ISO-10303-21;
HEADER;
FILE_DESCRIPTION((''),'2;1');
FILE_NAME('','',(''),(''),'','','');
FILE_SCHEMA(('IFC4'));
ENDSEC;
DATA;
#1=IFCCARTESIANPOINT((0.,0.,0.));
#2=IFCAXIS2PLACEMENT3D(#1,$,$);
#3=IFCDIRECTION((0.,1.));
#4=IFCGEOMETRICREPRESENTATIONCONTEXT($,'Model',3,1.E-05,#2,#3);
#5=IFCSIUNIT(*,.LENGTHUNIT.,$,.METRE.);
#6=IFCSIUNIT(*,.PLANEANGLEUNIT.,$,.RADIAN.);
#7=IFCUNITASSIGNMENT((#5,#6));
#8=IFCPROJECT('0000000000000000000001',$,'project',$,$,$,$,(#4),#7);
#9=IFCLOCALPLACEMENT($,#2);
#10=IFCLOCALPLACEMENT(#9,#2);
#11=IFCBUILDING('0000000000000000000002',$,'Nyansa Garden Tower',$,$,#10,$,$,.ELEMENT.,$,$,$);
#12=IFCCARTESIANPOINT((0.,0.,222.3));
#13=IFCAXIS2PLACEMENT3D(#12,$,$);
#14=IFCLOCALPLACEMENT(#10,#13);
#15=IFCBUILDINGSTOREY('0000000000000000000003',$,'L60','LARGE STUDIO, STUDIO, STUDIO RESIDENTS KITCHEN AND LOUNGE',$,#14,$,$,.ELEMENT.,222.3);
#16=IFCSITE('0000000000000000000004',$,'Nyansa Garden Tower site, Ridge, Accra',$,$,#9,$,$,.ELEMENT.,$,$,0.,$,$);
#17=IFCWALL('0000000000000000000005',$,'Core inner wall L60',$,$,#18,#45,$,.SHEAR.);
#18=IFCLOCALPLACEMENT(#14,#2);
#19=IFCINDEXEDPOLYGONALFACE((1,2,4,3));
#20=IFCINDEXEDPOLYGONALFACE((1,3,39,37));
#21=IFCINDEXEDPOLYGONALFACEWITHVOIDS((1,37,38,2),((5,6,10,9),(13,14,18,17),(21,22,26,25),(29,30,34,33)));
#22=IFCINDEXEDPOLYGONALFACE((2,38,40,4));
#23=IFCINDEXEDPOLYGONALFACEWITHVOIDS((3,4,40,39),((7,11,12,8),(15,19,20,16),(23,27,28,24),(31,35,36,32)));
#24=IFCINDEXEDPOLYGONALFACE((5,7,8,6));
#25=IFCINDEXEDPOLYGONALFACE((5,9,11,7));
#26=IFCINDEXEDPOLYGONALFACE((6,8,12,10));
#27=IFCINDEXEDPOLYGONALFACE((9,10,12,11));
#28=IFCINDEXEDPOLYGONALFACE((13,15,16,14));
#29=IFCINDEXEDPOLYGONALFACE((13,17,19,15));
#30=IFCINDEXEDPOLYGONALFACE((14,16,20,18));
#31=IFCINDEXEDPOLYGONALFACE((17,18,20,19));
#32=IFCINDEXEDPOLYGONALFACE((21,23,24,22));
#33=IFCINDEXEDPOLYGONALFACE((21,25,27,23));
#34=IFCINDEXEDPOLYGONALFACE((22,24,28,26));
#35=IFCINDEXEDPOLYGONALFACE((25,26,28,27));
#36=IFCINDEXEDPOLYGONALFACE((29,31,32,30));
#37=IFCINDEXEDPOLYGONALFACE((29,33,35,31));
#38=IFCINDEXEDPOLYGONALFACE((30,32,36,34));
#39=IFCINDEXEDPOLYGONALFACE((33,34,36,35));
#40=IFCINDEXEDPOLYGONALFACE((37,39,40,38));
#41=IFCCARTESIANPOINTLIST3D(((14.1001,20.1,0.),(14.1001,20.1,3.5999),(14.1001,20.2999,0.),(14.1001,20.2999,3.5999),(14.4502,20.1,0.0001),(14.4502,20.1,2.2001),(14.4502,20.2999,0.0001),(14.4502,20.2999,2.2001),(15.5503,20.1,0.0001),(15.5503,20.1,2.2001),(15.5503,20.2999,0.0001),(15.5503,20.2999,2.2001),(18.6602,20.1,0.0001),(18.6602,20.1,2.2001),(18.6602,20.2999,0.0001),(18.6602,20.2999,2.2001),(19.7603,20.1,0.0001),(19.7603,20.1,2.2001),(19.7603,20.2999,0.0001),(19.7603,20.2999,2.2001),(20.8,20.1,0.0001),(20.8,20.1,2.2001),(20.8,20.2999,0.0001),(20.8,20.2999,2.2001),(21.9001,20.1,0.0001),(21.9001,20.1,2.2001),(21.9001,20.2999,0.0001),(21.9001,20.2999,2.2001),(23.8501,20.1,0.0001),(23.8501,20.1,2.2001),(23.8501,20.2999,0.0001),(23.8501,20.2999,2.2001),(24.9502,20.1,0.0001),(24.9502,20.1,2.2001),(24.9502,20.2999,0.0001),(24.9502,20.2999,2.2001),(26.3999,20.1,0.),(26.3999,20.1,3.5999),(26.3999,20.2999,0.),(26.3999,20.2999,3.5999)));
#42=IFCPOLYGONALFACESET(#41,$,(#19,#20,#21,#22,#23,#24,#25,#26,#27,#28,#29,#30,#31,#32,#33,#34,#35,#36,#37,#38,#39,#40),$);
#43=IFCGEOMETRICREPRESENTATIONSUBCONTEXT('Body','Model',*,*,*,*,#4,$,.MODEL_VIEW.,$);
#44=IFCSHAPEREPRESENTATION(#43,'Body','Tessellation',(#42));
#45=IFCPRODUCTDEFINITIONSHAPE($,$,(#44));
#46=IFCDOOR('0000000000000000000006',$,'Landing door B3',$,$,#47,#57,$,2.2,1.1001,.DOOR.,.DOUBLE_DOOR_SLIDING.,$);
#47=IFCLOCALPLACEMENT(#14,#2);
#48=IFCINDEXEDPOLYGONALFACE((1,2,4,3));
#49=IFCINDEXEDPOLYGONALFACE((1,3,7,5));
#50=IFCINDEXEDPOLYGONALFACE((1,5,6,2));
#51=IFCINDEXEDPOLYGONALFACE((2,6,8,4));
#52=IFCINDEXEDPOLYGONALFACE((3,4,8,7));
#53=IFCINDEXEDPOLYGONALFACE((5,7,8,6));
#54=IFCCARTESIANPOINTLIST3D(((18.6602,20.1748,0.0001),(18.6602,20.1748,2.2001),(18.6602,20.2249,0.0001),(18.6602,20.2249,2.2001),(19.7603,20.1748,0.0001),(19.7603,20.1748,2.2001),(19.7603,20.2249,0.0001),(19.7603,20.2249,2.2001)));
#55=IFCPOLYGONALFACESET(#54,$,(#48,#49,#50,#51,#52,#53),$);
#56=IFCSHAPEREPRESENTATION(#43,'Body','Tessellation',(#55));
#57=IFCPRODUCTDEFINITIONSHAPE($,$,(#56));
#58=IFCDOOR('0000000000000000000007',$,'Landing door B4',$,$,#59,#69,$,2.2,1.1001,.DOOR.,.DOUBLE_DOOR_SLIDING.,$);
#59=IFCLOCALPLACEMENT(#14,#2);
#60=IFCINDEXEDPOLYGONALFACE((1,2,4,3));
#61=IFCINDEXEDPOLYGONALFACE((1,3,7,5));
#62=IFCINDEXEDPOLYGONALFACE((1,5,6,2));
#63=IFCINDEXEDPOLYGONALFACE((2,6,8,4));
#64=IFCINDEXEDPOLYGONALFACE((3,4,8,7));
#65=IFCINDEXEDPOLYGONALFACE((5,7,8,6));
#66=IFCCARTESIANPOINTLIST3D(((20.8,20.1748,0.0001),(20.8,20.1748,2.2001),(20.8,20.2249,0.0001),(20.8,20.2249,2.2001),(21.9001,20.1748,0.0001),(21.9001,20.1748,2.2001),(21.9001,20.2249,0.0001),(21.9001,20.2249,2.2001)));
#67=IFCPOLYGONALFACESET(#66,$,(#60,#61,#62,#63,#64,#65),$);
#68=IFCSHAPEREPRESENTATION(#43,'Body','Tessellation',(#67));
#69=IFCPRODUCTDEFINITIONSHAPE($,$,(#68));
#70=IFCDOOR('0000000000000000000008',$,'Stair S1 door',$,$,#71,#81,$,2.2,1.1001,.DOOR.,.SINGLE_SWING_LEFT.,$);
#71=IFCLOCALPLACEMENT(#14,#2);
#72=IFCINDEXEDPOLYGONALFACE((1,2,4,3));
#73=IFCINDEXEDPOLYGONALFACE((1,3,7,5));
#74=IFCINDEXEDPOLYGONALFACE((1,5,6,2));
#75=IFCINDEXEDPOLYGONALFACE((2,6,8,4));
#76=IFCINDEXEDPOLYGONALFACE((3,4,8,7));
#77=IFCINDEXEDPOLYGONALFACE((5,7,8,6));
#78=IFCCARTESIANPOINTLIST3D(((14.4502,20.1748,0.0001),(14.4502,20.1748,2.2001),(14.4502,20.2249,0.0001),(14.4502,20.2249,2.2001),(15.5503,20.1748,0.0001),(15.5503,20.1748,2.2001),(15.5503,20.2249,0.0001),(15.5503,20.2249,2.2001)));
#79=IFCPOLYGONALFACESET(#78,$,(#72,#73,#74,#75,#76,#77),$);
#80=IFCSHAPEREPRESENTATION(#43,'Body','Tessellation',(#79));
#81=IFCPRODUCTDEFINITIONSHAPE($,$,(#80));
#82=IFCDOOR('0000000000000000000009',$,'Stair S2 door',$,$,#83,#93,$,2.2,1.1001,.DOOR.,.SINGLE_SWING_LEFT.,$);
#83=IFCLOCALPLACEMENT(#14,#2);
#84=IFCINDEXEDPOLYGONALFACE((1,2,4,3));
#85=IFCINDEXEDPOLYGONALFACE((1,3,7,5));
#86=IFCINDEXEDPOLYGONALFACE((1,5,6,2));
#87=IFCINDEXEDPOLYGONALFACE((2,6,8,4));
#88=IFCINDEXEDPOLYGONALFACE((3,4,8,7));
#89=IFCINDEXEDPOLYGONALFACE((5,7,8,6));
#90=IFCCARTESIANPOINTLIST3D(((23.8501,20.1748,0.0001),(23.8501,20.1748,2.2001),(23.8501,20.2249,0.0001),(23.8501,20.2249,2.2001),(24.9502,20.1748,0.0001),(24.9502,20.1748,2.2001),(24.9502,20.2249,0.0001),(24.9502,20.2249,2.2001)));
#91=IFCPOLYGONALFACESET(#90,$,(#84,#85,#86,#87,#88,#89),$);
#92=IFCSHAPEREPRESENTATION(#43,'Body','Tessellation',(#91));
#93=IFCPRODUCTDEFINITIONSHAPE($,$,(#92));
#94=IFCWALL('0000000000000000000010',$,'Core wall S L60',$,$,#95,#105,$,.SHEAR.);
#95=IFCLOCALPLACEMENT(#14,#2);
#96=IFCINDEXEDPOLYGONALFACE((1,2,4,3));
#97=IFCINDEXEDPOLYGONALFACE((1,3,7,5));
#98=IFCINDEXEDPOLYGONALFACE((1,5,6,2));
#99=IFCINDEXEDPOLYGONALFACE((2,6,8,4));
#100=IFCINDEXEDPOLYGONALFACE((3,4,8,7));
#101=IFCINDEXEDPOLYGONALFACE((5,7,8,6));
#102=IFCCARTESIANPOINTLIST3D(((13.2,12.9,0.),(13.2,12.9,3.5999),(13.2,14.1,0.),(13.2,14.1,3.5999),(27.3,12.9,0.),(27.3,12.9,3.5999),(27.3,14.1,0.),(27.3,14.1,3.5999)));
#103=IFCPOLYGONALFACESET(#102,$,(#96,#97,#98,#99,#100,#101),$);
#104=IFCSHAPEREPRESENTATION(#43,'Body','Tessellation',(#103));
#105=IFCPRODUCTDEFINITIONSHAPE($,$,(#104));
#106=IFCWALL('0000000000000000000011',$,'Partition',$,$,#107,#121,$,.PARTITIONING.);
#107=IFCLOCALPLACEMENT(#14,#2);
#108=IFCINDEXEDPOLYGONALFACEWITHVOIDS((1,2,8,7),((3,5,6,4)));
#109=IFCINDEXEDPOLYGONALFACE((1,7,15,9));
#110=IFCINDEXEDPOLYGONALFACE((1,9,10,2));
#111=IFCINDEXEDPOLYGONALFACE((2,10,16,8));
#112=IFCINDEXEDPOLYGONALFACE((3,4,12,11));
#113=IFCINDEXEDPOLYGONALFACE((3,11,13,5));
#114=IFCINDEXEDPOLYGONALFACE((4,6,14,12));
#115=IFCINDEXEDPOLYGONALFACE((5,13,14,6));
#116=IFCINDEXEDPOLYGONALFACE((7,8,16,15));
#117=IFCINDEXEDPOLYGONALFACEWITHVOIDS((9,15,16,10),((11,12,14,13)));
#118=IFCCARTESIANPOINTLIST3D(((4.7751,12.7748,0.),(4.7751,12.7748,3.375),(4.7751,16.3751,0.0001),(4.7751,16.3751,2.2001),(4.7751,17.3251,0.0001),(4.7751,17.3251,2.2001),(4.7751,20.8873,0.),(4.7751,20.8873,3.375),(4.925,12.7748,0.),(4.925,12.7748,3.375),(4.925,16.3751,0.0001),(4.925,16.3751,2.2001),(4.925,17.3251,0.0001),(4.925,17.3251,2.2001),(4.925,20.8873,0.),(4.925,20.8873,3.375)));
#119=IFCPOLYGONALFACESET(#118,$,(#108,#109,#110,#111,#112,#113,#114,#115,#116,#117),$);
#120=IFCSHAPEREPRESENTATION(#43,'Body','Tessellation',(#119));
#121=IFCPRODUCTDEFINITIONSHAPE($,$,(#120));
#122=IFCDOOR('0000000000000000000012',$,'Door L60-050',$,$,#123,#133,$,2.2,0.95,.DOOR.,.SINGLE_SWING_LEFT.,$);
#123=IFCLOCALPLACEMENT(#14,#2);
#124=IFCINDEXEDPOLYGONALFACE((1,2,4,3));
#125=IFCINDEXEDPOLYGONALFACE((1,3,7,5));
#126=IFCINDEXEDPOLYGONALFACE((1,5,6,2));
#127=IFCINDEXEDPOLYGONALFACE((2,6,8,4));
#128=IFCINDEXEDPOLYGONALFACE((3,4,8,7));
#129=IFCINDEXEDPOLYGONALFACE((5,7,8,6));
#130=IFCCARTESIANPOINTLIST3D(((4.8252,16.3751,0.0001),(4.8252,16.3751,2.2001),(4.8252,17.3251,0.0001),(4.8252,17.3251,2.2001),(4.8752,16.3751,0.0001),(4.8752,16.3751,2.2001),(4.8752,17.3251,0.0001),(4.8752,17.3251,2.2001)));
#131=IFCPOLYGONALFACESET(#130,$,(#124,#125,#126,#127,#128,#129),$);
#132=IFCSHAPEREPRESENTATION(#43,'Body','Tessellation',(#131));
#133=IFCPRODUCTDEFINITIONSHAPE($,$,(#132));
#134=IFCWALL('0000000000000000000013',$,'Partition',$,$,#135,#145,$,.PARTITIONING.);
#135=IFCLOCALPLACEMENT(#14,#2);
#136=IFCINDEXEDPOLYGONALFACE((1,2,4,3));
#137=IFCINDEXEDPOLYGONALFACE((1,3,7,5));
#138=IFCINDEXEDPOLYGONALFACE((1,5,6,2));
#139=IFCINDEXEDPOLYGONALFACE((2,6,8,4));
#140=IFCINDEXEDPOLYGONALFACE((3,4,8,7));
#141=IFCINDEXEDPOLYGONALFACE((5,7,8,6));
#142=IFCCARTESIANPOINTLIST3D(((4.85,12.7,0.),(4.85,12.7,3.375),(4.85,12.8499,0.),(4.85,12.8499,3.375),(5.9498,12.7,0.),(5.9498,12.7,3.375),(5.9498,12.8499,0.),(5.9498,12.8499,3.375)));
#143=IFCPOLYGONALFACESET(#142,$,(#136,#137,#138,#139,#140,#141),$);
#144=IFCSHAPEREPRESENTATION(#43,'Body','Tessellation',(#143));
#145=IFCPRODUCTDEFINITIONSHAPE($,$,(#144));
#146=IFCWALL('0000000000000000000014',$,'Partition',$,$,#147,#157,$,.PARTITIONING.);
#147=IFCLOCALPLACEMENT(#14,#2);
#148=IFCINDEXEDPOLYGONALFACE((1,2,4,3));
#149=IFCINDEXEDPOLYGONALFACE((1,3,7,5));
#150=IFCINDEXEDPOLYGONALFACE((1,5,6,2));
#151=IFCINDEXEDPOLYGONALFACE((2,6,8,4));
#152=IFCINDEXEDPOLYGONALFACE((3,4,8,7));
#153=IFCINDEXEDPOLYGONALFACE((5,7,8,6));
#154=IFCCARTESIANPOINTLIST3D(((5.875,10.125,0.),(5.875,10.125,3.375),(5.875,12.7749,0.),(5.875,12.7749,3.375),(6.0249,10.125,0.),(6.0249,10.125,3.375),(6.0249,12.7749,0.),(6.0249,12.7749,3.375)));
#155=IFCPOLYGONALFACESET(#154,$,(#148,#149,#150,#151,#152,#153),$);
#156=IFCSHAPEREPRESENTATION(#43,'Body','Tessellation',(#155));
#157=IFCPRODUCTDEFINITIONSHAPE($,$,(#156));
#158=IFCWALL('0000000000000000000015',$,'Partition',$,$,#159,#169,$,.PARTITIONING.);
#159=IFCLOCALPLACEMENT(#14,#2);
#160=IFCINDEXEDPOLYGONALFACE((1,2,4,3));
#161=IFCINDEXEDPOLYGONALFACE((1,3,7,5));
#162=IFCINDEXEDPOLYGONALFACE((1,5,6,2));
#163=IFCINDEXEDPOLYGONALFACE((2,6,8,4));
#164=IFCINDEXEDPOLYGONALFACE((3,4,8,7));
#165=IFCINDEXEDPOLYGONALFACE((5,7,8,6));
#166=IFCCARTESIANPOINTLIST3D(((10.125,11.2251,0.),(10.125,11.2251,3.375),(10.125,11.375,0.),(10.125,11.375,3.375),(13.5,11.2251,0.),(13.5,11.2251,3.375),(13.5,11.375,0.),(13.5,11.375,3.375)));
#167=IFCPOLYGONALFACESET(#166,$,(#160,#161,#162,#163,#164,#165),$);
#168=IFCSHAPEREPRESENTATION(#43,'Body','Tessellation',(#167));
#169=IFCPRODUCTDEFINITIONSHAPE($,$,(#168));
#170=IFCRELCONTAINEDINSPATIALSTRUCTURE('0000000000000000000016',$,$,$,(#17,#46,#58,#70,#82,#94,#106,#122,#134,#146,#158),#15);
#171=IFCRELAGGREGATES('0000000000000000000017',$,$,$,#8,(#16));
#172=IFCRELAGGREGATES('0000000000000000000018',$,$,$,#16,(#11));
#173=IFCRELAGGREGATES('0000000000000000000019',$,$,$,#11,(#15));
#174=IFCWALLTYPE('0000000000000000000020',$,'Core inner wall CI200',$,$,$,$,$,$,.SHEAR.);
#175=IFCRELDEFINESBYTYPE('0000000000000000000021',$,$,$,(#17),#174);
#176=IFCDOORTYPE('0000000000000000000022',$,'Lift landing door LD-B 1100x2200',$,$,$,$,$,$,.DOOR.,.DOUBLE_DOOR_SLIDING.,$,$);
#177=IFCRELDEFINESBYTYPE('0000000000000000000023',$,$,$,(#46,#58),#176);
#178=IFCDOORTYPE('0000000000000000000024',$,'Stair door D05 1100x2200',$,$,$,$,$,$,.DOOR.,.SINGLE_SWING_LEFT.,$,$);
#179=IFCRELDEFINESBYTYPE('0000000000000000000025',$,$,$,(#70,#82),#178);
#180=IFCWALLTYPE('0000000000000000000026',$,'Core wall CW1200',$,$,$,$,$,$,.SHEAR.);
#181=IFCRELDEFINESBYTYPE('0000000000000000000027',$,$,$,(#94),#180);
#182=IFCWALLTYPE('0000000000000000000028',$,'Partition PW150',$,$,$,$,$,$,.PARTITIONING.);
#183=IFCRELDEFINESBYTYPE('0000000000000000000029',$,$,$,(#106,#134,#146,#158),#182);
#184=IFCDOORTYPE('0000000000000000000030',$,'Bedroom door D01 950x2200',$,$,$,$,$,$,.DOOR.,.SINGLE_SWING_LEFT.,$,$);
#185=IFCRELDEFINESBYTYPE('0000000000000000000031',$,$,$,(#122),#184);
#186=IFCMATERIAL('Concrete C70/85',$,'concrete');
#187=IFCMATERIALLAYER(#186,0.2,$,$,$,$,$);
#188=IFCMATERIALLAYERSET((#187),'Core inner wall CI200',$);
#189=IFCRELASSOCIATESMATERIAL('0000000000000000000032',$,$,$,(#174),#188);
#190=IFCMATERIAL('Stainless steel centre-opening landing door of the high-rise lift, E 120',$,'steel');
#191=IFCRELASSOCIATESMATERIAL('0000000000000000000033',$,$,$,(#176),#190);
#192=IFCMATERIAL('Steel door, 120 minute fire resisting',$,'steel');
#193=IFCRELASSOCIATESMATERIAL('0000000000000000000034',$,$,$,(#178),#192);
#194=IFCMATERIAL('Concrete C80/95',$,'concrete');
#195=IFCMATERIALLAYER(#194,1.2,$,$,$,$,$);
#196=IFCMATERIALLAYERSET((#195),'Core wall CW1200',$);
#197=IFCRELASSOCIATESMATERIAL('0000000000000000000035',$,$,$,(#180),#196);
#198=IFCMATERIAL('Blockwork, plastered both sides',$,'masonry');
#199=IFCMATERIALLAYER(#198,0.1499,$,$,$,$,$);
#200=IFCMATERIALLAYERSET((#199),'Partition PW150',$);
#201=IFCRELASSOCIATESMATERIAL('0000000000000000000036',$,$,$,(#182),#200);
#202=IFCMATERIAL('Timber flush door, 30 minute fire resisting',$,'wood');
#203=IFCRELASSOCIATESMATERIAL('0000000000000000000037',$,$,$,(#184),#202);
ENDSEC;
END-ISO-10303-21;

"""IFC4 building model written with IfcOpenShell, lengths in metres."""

from ifc_helpers import new_model, si_unit, direction, frame, frame_2d, origin, place, context, subcontext, project, spatial, rectangle, extrude, material, layer, layer_set, type_object, element, fill, save


model = new_model("IFC4")

# Units and contexts
model_context = context("Model", 3, precision=1e-05, world=origin(), true_north=direction((0.0, 1.0)))
body_context = subcontext(model_context, "Body", "Model", "MODEL_VIEW")
ifc_project = project(units=[si_unit("LENGTHUNIT", "METRE"), si_unit("PLANEANGLEUNIT", "RADIAN")], contexts=[model_context])

# Site, building, storey
site_placement = place(None, origin())
site = spatial("IfcSite", under=ifc_project, at=site_placement, Name="Nyansa Garden Tower site, Ridge, Accra", CompositionType="ELEMENT", RefElevation=0.0)
building_placement = place(site_placement, origin())
building = spatial("IfcBuilding", under=site, at=building_placement, Name="Nyansa Garden Tower", CompositionType="ELEMENT")
storey_placement = place(building_placement, frame((0.0, 0.0, 222.3)))
storey = spatial("IfcBuildingStorey", under=building, at=storey_placement, Name="L60", Description="LARGE STUDIO, STUDIO, STUDIO RESIDENTS KITCHEN AND LOUNGE", CompositionType="ELEMENT", Elevation=222.3)

# Wall, openings, doors
ifc_material_1 = material(Name="Concrete C70/85", Category="concrete")
ifc_layer_1 = layer(ifc_material_1, 0.2)
ifc_layer_set_1 = layer_set([ifc_layer_1], Name="Core inner wall CI200")
wall_type_1 = type_object("IfcWallType", Name="Core inner wall CI200", PredefinedType="SHEAR", material=ifc_layer_set_1)
ifc_material_2 = material(Name="Stainless steel centre-opening landing door of the high-rise lift, E 120", Category="steel")
door_type_1 = type_object("IfcDoorType", Name="Lift landing door LD-B 1100x2200", OperationType="DOUBLE_DOOR_SLIDING", PredefinedType="DOOR", material=ifc_material_2)
wall_1_placement = place(storey_placement, frame((14.1001, 20.2, 0.0), z_axis=(0.0, 0.0, 1.0), x_axis=(1.0, 0.0, 0.0)))
wall_1 = element("IfcWall", 1, at=wall_1_placement, inside=storey, type_object=wall_type_1, Name="Core inner wall L60", PredefinedType="SHEAR", context=body_context, shape_type="SweptSolid", body=[
    extrude(rectangle(XDim=12.2998, YDim=0.2, at=frame_2d((6.1499, 0.0))), origin(), (0.0, 0.0, 1.0), 3.5999),
])
opening_1_placement = place(wall_1_placement, frame((4.5601, 0.0, 0.0)))
opening_1 = element("IfcOpeningElement", 2, at=opening_1_placement, cuts=wall_1, PredefinedType="OPENING", context=body_context, shape_type="SweptSolid", body=[
    extrude(rectangle(XDim=1.1001, YDim=2.2, at=frame_2d((0.55, 1.1001))), frame((0.0, 0.1099, 0.0), z_axis=(0.0, -1.0, 0.0), x_axis=(1.0, 0.0, 0.0)), (0.0, 0.0, 1.0), 0.22),
])
opening_2_placement = place(wall_1_placement, frame((6.7, 0.0, 0.0)))
opening_2 = element("IfcOpeningElement", 3, at=opening_2_placement, cuts=wall_1, PredefinedType="OPENING", context=body_context, shape_type="SweptSolid", body=[
    extrude(rectangle(XDim=1.1001, YDim=2.2, at=frame_2d((0.55, 1.1001))), frame((0.0, 0.1099, 0.0), z_axis=(0.0, -1.0, 0.0), x_axis=(1.0, 0.0, 0.0)), (0.0, 0.0, 1.0), 0.22),
])
opening_3_placement = place(wall_1_placement, frame((0.3501, 0.0, 0.0)))
opening_3 = element("IfcOpeningElement", 4, at=opening_3_placement, cuts=wall_1, PredefinedType="OPENING", context=body_context, shape_type="SweptSolid", body=[
    extrude(rectangle(XDim=1.1001, YDim=2.2, at=frame_2d((0.55, 1.1001))), frame((0.0, 0.1099, 0.0), z_axis=(0.0, -1.0, 0.0), x_axis=(1.0, 0.0, 0.0)), (0.0, 0.0, 1.0), 0.22),
])
opening_4_placement = place(wall_1_placement, frame((9.75, 0.0, 0.0)))
opening_4 = element("IfcOpeningElement", 5, at=opening_4_placement, cuts=wall_1, PredefinedType="OPENING", context=body_context, shape_type="SweptSolid", body=[
    extrude(rectangle(XDim=1.1001, YDim=2.2, at=frame_2d((0.55, 1.1001))), frame((0.0, 0.1099, 0.0), z_axis=(0.0, -1.0, 0.0), x_axis=(1.0, 0.0, 0.0)), (0.0, 0.0, 1.0), 0.22),
])
door_1_placement = place(opening_1_placement, origin())
door_1 = element("IfcDoor", 6, at=door_1_placement, inside=storey, type_object=door_type_1, Name="Landing door B3", OperationType="DOUBLE_DOOR_SLIDING", OverallHeight=2.2, OverallWidth=1.1001, PredefinedType="DOOR", context=body_context, shape_type="SweptSolid", body=[
    extrude(rectangle(XDim=1.1001, YDim=2.2, at=frame_2d((0.55, 1.1001))), frame((0.0, 0.0249, 0.0), z_axis=(0.0, -1.0, 0.0), x_axis=(1.0, 0.0, 0.0)), (0.0, 0.0, 1.0), 0.05),
])
fill(opening_1, door_1)
door_2_placement = place(opening_2_placement, origin())
door_2 = element("IfcDoor", 7, at=door_2_placement, inside=storey, type_object=door_type_1, Name="Landing door B4", OperationType="DOUBLE_DOOR_SLIDING", OverallHeight=2.2, OverallWidth=1.1001, PredefinedType="DOOR", context=body_context, shape_type="SweptSolid", body=[
    extrude(rectangle(XDim=1.1001, YDim=2.2, at=frame_2d((0.55, 1.1001))), frame((0.0, 0.0249, 0.0), z_axis=(0.0, -1.0, 0.0), x_axis=(1.0, 0.0, 0.0)), (0.0, 0.0, 1.0), 0.05),
])
fill(opening_2, door_2)
ifc_material_3 = material(Name="Steel door, 120 minute fire resisting", Category="steel")
door_type_2 = type_object("IfcDoorType", Name="Stair door D05 1100x2200", OperationType="SINGLE_SWING_LEFT", PredefinedType="DOOR", material=ifc_material_3)
door_3_placement = place(opening_3_placement, origin())
door_3 = element("IfcDoor", 8, at=door_3_placement, inside=storey, type_object=door_type_2, Name="Stair S1 door", OperationType="SINGLE_SWING_LEFT", OverallHeight=2.2, OverallWidth=1.1001, PredefinedType="DOOR", context=body_context, shape_type="SweptSolid", body=[
    extrude(rectangle(XDim=1.1001, YDim=2.2, at=frame_2d((0.55, 1.1001))), frame((0.0, 0.0249, 0.0), z_axis=(0.0, -1.0, 0.0), x_axis=(1.0, 0.0, 0.0)), (0.0, 0.0, 1.0), 0.05),
])
fill(opening_3, door_3)
door_4_placement = place(opening_4_placement, origin())
door_4 = element("IfcDoor", 9, at=door_4_placement, inside=storey, type_object=door_type_2, Name="Stair S2 door", OperationType="SINGLE_SWING_LEFT", OverallHeight=2.2, OverallWidth=1.1001, PredefinedType="DOOR", context=body_context, shape_type="SweptSolid", body=[
    extrude(rectangle(XDim=1.1001, YDim=2.2, at=frame_2d((0.55, 1.1001))), frame((0.0, 0.0249, 0.0), z_axis=(0.0, -1.0, 0.0), x_axis=(1.0, 0.0, 0.0)), (0.0, 0.0, 1.0), 0.05),
])
fill(opening_4, door_4)

# Wall
ifc_material_4 = material(Name="Concrete C80/95", Category="concrete")
ifc_layer_2 = layer(ifc_material_4, 1.2)
ifc_layer_set_2 = layer_set([ifc_layer_2], Name="Core wall CW1200")
wall_type_2 = type_object("IfcWallType", Name="Core wall CW1200", PredefinedType="SHEAR", material=ifc_layer_set_2)
wall_2_placement = place(storey_placement, frame((13.2, 13.5, 0.0), z_axis=(0.0, 0.0, 1.0), x_axis=(1.0, 0.0, 0.0)))
element("IfcWall", 10, at=wall_2_placement, inside=storey, type_object=wall_type_2, Name="Core wall S L60", PredefinedType="SHEAR", context=body_context, shape_type="SweptSolid", body=[
    extrude(rectangle(XDim=14.1001, YDim=1.2, at=frame_2d((7.05, 0.0))), origin(), (0.0, 0.0, 1.0), 3.5999),
])

# Wall, opening, door
ifc_material_5 = material(Name="Blockwork, plastered both sides", Category="masonry")
ifc_layer_3 = layer(ifc_material_5, 0.1499)
ifc_layer_set_3 = layer_set([ifc_layer_3], Name="Partition PW150")
wall_type_3 = type_object("IfcWallType", Name="Partition PW150", PredefinedType="PARTITIONING", material=ifc_layer_set_3)
wall_3_placement = place(storey_placement, frame((4.8501, 12.7749, 0.0), z_axis=(0.0, 0.0, 1.0), x_axis=(0.0, 1.0, 0.0)))
wall_3 = element("IfcWall", 11, at=wall_3_placement, inside=storey, type_object=wall_type_3, Name="Partition", PredefinedType="PARTITIONING", context=body_context, shape_type="SweptSolid", body=[
    extrude(rectangle(XDim=8.1125, YDim=0.1499, at=frame_2d((4.0562, 0.0))), origin(), (0.0, 0.0, 1.0), 3.375),
])
opening_5_placement = place(wall_3_placement, frame((3.6001, 0.0, 0.0)))
opening_5 = element("IfcOpeningElement", 12, at=opening_5_placement, cuts=wall_3, PredefinedType="OPENING", context=body_context, shape_type="SweptSolid", body=[
    extrude(rectangle(XDim=0.95, YDim=2.2, at=frame_2d((0.4751, 1.1001))), frame((0.0, 0.085, 0.0), z_axis=(0.0, -1.0, 0.0), x_axis=(1.0, 0.0, 0.0)), (0.0, 0.0, 1.0), 0.1699),
])
ifc_material_6 = material(Name="Timber flush door, 30 minute fire resisting", Category="wood")
door_type_3 = type_object("IfcDoorType", Name="Bedroom door D01 950x2200", OperationType="SINGLE_SWING_LEFT", PredefinedType="DOOR", material=ifc_material_6)
door_5_placement = place(opening_5_placement, origin())
door_5 = element("IfcDoor", 13, at=door_5_placement, inside=storey, type_object=door_type_3, Name="Door L60-050", OperationType="SINGLE_SWING_LEFT", OverallHeight=2.2, OverallWidth=0.95, PredefinedType="DOOR", context=body_context, shape_type="SweptSolid", body=[
    extrude(rectangle(XDim=0.95, YDim=2.2, at=frame_2d((0.4751, 1.1001))), frame((0.0, 0.0249, 0.0), z_axis=(0.0, -1.0, 0.0), x_axis=(1.0, 0.0, 0.0)), (0.0, 0.0, 1.0), 0.05),
])
fill(opening_5, door_5)

# Walls
wall_4_placement = place(storey_placement, frame((4.8501, 12.7749, 0.0), z_axis=(0.0, 0.0, 1.0), x_axis=(1.0, 0.0, 0.0)))
element("IfcWall", 14, at=wall_4_placement, inside=storey, type_object=wall_type_3, Name="Partition", PredefinedType="PARTITIONING", context=body_context, shape_type="SweptSolid", body=[
    extrude(rectangle(XDim=1.0999, YDim=0.1499, at=frame_2d((0.5498, 0.0))), origin(), (0.0, 0.0, 1.0), 3.375),
])
wall_5_placement = place(storey_placement, frame((5.95, 10.125, 0.0), z_axis=(0.0, 0.0, 1.0), x_axis=(0.0, 1.0, 0.0)))
element("IfcWall", 15, at=wall_5_placement, inside=storey, type_object=wall_type_3, Name="Partition", PredefinedType="PARTITIONING", context=body_context, shape_type="SweptSolid", body=[
    extrude(rectangle(XDim=2.6499, YDim=0.1499, at=frame_2d((1.325, 0.0))), origin(), (0.0, 0.0, 1.0), 3.375),
])
wall_6_placement = place(storey_placement, frame((10.125, 11.3, 0.0), z_axis=(0.0, 0.0, 1.0), x_axis=(1.0, 0.0, 0.0)))
element("IfcWall", 16, at=wall_6_placement, inside=storey, type_object=wall_type_3, Name="Partition", PredefinedType="PARTITIONING", context=body_context, shape_type="SweptSolid", body=[
    extrude(rectangle(XDim=3.375, YDim=0.1499, at=frame_2d((1.6875, 0.0))), origin(), (0.0, 0.0, 1.0), 3.375),
])

save(model, "model.ifc")
